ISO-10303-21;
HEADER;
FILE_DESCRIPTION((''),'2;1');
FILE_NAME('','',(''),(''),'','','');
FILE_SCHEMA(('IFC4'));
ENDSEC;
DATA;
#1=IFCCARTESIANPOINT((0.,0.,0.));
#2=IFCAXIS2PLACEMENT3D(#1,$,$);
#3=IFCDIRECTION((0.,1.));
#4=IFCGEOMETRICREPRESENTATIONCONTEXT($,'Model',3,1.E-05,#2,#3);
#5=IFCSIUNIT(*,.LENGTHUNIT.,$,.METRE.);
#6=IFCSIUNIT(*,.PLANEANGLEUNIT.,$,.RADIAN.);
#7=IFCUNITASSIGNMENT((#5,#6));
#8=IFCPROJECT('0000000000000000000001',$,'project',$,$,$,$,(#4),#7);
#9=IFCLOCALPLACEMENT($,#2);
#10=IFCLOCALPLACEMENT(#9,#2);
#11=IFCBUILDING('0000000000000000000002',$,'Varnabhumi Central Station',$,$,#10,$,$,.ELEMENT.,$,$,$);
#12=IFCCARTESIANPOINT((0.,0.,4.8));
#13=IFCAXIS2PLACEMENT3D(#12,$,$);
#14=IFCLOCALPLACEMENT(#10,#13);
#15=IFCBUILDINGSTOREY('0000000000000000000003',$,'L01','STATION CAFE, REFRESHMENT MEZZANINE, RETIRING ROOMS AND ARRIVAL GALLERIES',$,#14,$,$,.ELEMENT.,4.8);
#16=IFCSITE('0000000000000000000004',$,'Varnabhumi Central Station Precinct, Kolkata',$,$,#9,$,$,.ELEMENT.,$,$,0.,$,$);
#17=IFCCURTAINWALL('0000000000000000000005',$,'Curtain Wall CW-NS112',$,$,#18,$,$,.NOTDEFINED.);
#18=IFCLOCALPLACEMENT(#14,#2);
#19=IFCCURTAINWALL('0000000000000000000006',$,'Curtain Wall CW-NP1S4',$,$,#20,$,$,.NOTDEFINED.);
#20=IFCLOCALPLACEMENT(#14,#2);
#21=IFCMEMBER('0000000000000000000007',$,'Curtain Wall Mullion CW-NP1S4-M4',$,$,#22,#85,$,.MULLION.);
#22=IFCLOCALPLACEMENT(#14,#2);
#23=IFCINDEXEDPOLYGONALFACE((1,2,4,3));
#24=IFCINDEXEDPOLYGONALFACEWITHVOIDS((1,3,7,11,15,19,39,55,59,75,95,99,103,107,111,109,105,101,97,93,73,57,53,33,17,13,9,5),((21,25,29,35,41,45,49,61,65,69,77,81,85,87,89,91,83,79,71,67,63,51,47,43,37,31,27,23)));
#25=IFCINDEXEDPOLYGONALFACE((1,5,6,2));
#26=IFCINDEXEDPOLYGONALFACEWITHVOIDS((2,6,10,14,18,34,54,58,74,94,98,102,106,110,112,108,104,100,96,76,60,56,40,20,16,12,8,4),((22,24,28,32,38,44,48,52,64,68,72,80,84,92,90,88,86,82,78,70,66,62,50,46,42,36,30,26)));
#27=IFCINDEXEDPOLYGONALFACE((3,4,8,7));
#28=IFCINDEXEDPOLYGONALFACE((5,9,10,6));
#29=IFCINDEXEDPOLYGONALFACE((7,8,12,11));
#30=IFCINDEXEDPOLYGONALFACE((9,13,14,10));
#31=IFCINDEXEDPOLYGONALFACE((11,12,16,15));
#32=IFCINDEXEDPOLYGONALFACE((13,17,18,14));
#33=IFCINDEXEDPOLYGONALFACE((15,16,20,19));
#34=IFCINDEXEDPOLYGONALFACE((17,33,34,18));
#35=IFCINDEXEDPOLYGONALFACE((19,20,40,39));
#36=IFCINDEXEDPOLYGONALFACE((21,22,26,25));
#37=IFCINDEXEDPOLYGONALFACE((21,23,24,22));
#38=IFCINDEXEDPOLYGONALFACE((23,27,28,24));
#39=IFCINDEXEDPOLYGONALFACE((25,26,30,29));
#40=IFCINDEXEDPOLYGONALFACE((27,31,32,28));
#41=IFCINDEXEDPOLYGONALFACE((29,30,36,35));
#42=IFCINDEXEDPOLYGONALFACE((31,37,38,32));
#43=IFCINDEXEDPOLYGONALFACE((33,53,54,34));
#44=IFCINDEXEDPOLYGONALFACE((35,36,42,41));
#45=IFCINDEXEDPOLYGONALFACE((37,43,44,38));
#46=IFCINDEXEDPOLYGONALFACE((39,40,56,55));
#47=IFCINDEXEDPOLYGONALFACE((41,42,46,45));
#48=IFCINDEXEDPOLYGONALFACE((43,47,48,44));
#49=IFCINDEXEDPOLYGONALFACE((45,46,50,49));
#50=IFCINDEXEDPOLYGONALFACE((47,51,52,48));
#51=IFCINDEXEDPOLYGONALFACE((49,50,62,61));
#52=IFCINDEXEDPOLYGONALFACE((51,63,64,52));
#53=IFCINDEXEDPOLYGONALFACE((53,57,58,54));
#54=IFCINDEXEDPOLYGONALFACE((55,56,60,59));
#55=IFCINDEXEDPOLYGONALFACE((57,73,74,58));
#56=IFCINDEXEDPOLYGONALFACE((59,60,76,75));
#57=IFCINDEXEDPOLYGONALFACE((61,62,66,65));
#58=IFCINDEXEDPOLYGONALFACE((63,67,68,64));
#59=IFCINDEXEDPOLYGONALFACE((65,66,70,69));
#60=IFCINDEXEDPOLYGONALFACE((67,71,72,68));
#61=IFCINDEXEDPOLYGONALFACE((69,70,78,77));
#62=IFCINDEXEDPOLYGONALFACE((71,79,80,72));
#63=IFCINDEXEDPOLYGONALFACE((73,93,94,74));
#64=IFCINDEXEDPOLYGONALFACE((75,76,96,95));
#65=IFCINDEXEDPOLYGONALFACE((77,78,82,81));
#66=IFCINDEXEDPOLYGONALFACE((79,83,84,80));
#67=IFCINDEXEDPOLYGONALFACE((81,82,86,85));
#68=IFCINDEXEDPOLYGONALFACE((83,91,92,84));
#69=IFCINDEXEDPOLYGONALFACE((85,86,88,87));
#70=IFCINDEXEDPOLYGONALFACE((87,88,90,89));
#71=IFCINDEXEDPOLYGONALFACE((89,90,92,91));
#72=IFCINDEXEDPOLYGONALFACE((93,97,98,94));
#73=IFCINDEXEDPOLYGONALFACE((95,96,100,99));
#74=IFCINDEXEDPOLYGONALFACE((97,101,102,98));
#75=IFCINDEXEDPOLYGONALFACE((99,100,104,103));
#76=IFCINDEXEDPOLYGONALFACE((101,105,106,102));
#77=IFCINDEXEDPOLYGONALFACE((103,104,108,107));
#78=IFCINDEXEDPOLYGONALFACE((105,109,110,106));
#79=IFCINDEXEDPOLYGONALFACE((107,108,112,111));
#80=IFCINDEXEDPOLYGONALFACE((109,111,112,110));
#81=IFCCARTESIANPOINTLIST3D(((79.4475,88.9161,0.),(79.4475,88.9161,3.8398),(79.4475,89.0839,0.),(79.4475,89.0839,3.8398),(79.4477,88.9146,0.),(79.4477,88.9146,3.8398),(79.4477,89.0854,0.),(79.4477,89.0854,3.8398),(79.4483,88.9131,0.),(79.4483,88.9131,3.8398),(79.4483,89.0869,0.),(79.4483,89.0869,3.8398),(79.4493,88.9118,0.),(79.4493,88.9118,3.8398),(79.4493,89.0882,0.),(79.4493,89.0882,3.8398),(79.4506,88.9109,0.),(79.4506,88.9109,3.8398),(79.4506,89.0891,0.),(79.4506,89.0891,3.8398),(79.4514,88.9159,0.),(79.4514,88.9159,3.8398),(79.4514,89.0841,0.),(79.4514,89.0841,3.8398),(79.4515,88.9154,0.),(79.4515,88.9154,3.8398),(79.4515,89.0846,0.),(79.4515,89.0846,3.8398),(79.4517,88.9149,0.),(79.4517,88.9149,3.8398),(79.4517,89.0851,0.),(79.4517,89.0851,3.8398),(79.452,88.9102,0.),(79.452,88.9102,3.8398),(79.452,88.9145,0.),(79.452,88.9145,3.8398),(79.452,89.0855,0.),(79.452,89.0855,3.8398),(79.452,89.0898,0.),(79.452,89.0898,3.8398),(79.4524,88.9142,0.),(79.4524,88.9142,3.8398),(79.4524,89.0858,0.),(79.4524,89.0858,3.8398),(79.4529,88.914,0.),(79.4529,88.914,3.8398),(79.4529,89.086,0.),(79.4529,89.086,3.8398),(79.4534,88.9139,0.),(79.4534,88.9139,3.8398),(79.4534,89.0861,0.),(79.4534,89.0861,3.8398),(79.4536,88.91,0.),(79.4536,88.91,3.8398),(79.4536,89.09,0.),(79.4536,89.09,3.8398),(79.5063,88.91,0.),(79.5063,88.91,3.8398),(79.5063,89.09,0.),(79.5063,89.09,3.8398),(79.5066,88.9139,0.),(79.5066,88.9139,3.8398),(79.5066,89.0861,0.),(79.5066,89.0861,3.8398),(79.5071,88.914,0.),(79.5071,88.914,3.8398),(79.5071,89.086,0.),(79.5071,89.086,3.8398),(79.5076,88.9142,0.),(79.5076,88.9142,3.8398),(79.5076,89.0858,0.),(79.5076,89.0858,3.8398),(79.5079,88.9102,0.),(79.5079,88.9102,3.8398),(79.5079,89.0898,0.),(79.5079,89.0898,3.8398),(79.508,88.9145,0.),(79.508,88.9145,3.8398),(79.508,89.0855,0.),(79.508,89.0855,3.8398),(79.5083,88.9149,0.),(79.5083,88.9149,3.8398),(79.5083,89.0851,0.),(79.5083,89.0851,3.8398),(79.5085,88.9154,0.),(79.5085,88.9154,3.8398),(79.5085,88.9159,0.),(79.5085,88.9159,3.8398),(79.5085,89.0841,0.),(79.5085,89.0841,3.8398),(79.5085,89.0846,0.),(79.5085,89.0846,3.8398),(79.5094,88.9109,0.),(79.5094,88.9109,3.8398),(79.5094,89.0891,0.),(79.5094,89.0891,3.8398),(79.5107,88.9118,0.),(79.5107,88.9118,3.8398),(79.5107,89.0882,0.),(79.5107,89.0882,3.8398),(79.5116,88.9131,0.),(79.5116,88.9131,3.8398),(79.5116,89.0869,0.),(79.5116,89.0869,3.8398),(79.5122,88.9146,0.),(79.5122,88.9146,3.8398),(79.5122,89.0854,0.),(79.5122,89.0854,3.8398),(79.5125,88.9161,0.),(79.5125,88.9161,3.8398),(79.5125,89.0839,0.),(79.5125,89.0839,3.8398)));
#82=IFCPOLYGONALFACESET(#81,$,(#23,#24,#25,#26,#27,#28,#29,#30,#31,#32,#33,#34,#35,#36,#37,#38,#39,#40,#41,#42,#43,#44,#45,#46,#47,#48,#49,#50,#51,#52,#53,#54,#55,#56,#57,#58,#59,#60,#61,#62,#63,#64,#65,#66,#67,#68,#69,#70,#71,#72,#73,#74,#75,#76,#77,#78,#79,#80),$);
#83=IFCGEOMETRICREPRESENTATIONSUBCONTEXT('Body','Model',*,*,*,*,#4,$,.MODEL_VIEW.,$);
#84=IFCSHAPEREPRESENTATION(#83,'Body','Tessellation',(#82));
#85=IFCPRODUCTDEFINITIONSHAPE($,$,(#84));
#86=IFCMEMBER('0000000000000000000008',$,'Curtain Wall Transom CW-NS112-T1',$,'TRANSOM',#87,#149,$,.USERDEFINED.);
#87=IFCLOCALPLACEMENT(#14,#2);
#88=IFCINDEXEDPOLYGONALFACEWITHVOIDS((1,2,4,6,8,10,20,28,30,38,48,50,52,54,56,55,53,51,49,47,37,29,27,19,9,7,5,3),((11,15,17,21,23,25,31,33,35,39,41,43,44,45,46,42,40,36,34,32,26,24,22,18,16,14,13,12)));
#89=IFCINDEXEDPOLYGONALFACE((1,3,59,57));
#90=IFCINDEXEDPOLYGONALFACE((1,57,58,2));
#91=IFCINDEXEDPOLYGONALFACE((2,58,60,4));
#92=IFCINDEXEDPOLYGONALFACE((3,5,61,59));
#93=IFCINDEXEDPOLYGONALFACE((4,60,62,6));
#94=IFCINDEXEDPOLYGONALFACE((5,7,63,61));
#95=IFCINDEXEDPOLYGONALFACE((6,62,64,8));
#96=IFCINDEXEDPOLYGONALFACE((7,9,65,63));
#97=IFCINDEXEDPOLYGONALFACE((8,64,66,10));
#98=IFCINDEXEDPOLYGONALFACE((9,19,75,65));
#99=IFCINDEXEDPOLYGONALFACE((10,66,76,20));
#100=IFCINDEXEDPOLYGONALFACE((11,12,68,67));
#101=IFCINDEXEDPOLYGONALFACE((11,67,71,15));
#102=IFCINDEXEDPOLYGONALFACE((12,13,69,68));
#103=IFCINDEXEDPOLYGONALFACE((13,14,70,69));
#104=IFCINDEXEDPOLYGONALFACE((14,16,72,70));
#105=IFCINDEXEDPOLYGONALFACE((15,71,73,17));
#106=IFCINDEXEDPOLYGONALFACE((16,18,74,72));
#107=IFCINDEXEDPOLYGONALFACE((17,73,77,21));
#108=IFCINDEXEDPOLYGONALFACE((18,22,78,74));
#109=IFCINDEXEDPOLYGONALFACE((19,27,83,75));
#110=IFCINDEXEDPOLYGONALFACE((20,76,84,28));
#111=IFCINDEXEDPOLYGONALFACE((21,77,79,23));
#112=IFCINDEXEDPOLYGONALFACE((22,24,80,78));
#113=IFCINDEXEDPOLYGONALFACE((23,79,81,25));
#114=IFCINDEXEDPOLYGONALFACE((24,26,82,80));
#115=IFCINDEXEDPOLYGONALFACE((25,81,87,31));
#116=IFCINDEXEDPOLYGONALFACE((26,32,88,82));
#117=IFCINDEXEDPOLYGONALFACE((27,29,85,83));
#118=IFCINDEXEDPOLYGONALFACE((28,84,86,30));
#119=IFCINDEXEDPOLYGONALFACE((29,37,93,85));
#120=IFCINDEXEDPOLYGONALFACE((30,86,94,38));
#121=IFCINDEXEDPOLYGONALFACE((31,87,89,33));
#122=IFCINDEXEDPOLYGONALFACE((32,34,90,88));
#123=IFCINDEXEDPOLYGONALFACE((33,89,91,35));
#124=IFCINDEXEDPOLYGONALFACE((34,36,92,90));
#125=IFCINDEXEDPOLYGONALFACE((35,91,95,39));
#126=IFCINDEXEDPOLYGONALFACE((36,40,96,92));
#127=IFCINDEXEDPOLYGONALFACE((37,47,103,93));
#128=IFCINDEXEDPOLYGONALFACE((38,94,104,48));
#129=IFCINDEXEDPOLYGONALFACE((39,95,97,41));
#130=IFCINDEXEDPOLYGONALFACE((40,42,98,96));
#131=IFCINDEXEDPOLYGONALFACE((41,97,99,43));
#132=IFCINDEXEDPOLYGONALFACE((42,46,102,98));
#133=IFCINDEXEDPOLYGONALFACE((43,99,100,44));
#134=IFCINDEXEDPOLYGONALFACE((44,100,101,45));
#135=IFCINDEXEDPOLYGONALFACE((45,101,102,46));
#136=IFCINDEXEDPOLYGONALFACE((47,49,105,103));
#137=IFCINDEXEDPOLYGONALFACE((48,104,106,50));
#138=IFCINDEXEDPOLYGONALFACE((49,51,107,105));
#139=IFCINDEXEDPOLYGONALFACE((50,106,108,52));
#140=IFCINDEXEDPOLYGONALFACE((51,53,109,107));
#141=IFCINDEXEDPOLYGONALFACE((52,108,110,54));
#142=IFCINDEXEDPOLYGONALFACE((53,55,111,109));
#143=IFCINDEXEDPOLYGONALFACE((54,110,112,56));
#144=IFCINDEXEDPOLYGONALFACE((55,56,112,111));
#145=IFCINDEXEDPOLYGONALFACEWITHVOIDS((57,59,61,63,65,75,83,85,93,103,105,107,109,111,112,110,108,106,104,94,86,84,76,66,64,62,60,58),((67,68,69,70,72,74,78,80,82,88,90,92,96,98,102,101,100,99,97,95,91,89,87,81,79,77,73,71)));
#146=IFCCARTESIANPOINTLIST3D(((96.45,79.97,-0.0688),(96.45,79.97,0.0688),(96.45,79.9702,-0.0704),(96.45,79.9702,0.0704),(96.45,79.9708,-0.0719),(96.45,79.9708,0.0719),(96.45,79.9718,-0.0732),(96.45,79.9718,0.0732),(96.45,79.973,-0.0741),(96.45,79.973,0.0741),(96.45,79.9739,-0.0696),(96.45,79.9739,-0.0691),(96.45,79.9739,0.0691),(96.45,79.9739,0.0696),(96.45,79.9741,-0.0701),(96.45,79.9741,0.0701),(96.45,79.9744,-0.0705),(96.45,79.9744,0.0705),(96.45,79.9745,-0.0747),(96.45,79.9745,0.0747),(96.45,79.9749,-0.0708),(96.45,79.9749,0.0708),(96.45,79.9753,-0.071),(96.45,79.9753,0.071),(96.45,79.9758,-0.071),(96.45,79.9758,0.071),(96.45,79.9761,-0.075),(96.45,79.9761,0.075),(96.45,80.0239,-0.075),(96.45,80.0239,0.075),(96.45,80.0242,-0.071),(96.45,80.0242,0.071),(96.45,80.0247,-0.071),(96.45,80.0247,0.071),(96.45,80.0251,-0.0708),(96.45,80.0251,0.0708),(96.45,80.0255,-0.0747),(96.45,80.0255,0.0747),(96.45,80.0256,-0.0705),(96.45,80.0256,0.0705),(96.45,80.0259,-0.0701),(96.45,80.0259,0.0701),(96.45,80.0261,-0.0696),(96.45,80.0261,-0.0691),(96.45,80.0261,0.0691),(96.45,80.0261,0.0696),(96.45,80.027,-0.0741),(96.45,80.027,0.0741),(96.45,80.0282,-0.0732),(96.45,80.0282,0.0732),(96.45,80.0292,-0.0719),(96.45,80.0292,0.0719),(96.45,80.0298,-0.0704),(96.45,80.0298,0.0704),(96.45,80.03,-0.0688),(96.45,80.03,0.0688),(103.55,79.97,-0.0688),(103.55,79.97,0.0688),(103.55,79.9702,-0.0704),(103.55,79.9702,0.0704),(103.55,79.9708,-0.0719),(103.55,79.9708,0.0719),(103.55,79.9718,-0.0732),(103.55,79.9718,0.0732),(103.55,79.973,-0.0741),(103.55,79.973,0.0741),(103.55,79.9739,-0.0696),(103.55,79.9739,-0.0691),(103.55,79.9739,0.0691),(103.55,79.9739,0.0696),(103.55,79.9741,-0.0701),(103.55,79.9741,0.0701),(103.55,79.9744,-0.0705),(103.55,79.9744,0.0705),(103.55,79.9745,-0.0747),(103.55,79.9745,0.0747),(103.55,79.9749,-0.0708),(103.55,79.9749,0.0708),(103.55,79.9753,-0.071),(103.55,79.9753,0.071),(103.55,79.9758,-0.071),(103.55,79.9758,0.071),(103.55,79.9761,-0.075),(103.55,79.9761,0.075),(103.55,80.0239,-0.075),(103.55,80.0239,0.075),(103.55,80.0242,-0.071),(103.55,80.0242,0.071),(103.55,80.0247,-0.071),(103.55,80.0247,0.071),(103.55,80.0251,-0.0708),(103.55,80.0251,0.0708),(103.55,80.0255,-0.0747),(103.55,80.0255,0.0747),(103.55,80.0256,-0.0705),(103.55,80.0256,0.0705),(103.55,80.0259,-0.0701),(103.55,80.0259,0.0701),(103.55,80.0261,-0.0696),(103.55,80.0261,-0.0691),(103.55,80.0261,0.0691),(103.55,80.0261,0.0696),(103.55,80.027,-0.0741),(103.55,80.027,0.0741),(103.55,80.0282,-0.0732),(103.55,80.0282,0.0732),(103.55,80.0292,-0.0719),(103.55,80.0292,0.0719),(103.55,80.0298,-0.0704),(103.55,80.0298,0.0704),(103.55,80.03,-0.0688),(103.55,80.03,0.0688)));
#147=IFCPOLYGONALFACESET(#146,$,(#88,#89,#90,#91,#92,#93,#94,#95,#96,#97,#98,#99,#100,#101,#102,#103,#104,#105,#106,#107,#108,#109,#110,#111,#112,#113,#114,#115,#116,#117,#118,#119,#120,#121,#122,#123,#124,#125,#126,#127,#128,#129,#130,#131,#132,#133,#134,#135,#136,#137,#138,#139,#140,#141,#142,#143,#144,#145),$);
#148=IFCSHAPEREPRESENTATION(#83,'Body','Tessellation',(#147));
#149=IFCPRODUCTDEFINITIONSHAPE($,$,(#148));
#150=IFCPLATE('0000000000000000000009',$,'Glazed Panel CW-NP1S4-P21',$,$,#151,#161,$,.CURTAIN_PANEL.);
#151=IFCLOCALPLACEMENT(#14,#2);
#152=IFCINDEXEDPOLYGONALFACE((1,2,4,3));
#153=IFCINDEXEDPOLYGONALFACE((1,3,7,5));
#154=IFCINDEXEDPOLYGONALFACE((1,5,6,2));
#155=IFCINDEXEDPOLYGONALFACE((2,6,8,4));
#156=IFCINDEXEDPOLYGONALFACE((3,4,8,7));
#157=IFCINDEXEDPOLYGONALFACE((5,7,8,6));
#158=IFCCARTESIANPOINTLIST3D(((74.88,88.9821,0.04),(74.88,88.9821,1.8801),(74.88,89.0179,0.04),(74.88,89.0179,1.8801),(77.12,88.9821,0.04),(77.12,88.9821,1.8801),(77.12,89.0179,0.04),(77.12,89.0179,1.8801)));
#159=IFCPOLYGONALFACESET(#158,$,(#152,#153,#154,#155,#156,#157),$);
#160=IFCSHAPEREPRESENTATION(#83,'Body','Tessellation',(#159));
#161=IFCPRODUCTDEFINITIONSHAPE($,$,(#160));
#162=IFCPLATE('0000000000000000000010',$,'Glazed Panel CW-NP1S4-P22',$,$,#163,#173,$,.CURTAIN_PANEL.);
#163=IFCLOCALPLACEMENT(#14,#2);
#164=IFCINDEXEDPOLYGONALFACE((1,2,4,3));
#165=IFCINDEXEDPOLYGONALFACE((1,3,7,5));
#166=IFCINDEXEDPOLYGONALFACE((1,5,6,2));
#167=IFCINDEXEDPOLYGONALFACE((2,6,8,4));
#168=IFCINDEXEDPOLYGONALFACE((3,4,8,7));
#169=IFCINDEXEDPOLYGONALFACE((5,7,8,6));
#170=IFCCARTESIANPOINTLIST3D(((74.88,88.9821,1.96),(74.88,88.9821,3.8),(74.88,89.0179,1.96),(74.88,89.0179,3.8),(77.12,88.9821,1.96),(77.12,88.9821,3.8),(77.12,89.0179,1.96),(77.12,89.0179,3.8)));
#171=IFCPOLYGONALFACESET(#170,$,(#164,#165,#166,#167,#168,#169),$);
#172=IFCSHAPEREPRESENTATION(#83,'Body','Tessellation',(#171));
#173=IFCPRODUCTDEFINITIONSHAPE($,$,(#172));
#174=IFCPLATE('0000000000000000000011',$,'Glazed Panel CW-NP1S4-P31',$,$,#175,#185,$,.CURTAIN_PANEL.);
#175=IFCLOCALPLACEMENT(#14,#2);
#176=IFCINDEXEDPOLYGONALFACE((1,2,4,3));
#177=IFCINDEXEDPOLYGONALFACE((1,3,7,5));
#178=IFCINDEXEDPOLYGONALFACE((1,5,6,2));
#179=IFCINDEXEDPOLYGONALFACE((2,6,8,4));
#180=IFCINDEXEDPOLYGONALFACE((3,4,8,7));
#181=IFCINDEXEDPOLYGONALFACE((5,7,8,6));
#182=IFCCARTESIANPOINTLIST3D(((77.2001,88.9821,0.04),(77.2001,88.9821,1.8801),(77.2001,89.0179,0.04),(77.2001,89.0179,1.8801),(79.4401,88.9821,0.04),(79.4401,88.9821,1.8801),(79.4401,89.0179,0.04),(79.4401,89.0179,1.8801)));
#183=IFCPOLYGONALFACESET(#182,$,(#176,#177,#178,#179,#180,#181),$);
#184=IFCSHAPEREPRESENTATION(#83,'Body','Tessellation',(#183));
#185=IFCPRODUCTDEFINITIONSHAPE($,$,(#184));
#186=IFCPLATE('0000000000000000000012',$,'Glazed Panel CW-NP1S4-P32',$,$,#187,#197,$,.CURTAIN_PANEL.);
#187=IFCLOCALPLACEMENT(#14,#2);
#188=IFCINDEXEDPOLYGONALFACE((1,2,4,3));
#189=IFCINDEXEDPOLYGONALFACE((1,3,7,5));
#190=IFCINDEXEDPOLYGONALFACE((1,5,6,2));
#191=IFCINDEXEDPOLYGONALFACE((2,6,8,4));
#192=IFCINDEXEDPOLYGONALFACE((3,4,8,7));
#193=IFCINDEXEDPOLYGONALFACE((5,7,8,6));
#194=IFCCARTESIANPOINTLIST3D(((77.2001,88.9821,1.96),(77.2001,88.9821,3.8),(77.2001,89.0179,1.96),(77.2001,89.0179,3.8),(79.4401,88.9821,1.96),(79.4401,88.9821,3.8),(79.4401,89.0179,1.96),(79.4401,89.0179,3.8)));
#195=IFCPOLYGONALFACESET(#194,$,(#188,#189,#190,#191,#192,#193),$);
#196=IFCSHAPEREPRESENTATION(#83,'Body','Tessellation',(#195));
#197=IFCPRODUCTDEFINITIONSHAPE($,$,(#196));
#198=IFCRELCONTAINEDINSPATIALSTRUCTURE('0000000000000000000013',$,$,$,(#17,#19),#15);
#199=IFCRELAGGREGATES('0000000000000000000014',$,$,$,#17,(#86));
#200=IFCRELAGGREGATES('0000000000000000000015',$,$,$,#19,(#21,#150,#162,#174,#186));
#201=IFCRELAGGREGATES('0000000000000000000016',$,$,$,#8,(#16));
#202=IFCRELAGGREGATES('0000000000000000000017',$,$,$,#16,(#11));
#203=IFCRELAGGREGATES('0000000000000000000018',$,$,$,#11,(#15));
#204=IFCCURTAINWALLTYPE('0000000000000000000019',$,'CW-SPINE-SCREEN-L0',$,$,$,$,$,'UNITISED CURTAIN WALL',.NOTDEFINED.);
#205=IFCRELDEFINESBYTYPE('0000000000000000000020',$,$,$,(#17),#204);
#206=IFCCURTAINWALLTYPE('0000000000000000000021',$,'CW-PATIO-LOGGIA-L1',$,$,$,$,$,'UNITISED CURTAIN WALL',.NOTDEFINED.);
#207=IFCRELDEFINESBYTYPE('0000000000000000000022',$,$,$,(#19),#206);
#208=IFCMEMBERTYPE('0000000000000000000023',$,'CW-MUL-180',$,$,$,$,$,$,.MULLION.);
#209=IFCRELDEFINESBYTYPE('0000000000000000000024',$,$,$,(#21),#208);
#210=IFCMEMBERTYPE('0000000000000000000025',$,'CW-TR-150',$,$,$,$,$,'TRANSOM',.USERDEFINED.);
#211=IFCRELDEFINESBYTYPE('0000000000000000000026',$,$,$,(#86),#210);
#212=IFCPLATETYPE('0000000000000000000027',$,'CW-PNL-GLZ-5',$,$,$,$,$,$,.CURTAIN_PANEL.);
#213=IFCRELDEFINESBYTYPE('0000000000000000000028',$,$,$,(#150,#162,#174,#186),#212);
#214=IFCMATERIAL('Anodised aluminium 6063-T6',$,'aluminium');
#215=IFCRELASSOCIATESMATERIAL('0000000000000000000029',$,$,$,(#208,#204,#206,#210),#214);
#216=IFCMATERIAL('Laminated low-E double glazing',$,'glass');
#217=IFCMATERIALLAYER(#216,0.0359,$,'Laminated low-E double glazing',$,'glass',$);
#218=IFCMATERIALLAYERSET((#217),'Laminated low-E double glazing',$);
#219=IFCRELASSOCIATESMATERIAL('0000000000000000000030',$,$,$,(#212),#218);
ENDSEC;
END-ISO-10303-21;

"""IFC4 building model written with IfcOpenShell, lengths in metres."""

from ifc_helpers import new_model, si_unit, direction, frame, origin, origin_2d, place, context, subcontext, project, spatial, rectangle, hollow_rectangle, extrude, material, layer, layer_set, material_profile, profile_set, type_object, element, aggregate, save


model = new_model("IFC4")

# Units and contexts
model_context = context("Model", 3, precision=1e-05, world=origin(), true_north=direction((0.0, 1.0)))
body_context = subcontext(model_context, "Body", "Model", "MODEL_VIEW")
ifc_project = project(units=[si_unit("LENGTHUNIT", "METRE"), si_unit("PLANEANGLEUNIT", "RADIAN")], contexts=[model_context])

# Site, building, storey
site_placement = place(None, origin())
site = spatial("IfcSite", under=ifc_project, at=site_placement, Name="Varnabhumi Central Station Precinct, Kolkata", CompositionType="ELEMENT", RefElevation=0.0)
building_placement = place(site_placement, origin())
building = spatial("IfcBuilding", under=site, at=building_placement, Name="Varnabhumi Central Station", CompositionType="ELEMENT")
storey_placement = place(building_placement, frame((0.0, 0.0, 4.8)))
storey = spatial("IfcBuildingStorey", under=building, at=storey_placement, Name="L01", Description="STATION CAFE, REFRESHMENT MEZZANINE, RETIRING ROOMS AND ARRIVAL GALLERIES", CompositionType="ELEMENT", Elevation=4.8)

# Shared definitions
ifc_material_1 = material(Name="Anodised aluminium 6063-T6", Category="aluminium")
ifc_material_profile_1 = material_profile(ifc_material_1, hollow_rectangle(XDim=0.0649, YDim=0.1799, WallThickness=0.0039, InnerFilletRadius=0.002, OuterFilletRadius=0.0061, at=origin_2d()), Name="Anodised aluminium 6063-T6", Category="aluminium")
ifc_profile_set_1 = profile_set([ifc_material_profile_1], Name="Anodised aluminium 6063-T6")
member_type_1 = type_object("IfcMemberType", Name="CW-MUL-180", PredefinedType="MULLION", material=ifc_profile_set_1)

# Curtain wall
curtain_wall_type_1 = type_object("IfcCurtainWallType", Name="CW-SPINE-SCREEN-L0", ElementType="UNITISED CURTAIN WALL", PredefinedType="NOTDEFINED", material=ifc_material_1)
curtain_wall_1_placement = place(storey_placement, origin())
curtain_wall_1 = element("IfcCurtainWall", 1, at=curtain_wall_1_placement, inside=storey, type_object=curtain_wall_type_1, Name="Curtain Wall CW-NS112", PredefinedType="NOTDEFINED")

# Curtain wall, member
curtain_wall_type_2 = type_object("IfcCurtainWallType", Name="CW-PATIO-LOGGIA-L1", ElementType="UNITISED CURTAIN WALL", PredefinedType="NOTDEFINED", material=ifc_material_1)
curtain_wall_2_placement = place(storey_placement, origin())
curtain_wall_2 = element("IfcCurtainWall", 2, at=curtain_wall_2_placement, inside=storey, type_object=curtain_wall_type_2, Name="Curtain Wall CW-NP1S4", PredefinedType="NOTDEFINED")
member_1_placement = place(storey_placement, frame((79.48, 89.0, 0.0), z_axis=(0.0, 0.0, 1.0), x_axis=(1.0, 0.0, 0.0)))
member_1 = element("IfcMember", 3, at=member_1_placement, type_object=member_type_1, Name="Curtain Wall Mullion CW-NP1S4-M4", PredefinedType="MULLION", context=body_context, shape_type="SweptSolid", body=[
    extrude(hollow_rectangle(XDim=0.0649, YDim=0.1799, WallThickness=0.0039, InnerFilletRadius=0.002, OuterFilletRadius=0.0061, at=origin_2d()), origin(), (0.0, 0.0, 1.0), 3.8398),
])

# Member
ifc_material_profile_2 = material_profile(ifc_material_1, hollow_rectangle(XDim=0.0601, YDim=0.1499, WallThickness=0.0039, InnerFilletRadius=0.002, OuterFilletRadius=0.0061, at=origin_2d()), Name="Anodised aluminium 6063-T6", Category="aluminium")
ifc_profile_set_2 = profile_set([ifc_material_profile_2], Name="Anodised aluminium 6063-T6")
member_type_2 = type_object("IfcMemberType", Name="CW-TR-150", ElementType="TRANSOM", PredefinedType="USERDEFINED", material=ifc_profile_set_2)
member_2_placement = place(storey_placement, frame((96.45, 80.0, 0.0), z_axis=(1.0, 0.0, 0.0), x_axis=(0.0, 1.0, 0.0)))
member_2 = element("IfcMember", 4, at=member_2_placement, type_object=member_type_2, Name="Curtain Wall Transom CW-NS112-T1", ObjectType="TRANSOM", PredefinedType="USERDEFINED", context=body_context, shape_type="SweptSolid", body=[
    extrude(hollow_rectangle(XDim=0.0601, YDim=0.1499, WallThickness=0.0039, InnerFilletRadius=0.002, OuterFilletRadius=0.0061, at=origin_2d()), origin(), (0.0, 0.0, 1.0), 7.1001),
])
aggregate(curtain_wall_1, [member_2])

# Plates
ifc_material_2 = material(Name="Laminated low-E double glazing", Category="glass")
ifc_layer_1 = layer(ifc_material_2, 0.0359, Name="Laminated low-E double glazing", Category="glass")
ifc_layer_set_1 = layer_set([ifc_layer_1], Name="Laminated low-E double glazing")
plate_type_1 = type_object("IfcPlateType", Name="CW-PNL-GLZ-5", PredefinedType="CURTAIN_PANEL", material=ifc_layer_set_1)
plate_1_placement = place(storey_placement, frame((76.0, 89.0, 0.04), z_axis=(0.0, 0.0, 1.0), x_axis=(1.0, 0.0, 0.0)))
plate_1 = element("IfcPlate", 5, at=plate_1_placement, type_object=plate_type_1, Name="Glazed Panel CW-NP1S4-P21", PredefinedType="CURTAIN_PANEL", context=body_context, shape_type="SweptSolid", body=[
    extrude(rectangle(XDim=2.24, YDim=0.0359, at=origin_2d()), origin(), (0.0, 0.0, 1.0), 1.8401),
])
plate_2_placement = place(storey_placement, frame((76.0, 89.0, 1.96), z_axis=(0.0, 0.0, 1.0), x_axis=(1.0, 0.0, 0.0)))
plate_2 = element("IfcPlate", 6, at=plate_2_placement, type_object=plate_type_1, Name="Glazed Panel CW-NP1S4-P22", PredefinedType="CURTAIN_PANEL", context=body_context, shape_type="SweptSolid", body=[
    extrude(rectangle(XDim=2.24, YDim=0.0359, at=origin_2d()), origin(), (0.0, 0.0, 1.0), 1.8401),
])
plate_3_placement = place(storey_placement, frame((78.3201, 89.0, 0.04), z_axis=(0.0, 0.0, 1.0), x_axis=(1.0, 0.0, 0.0)))
plate_3 = element("IfcPlate", 7, at=plate_3_placement, type_object=plate_type_1, Name="Glazed Panel CW-NP1S4-P31", PredefinedType="CURTAIN_PANEL", context=body_context, shape_type="SweptSolid", body=[
    extrude(rectangle(XDim=2.24, YDim=0.0359, at=origin_2d()), origin(), (0.0, 0.0, 1.0), 1.8401),
])
plate_4_placement = place(storey_placement, frame((78.3201, 89.0, 1.96), z_axis=(0.0, 0.0, 1.0), x_axis=(1.0, 0.0, 0.0)))
plate_4 = element("IfcPlate", 8, at=plate_4_placement, type_object=plate_type_1, Name="Glazed Panel CW-NP1S4-P32", PredefinedType="CURTAIN_PANEL", context=body_context, shape_type="SweptSolid", body=[
    extrude(rectangle(XDim=2.24, YDim=0.0359, at=origin_2d()), origin(), (0.0, 0.0, 1.0), 1.8401),
])
aggregate(curtain_wall_2, [member_1, plate_1, plate_2, plate_3, plate_4])

save(model, "model.ifc")
